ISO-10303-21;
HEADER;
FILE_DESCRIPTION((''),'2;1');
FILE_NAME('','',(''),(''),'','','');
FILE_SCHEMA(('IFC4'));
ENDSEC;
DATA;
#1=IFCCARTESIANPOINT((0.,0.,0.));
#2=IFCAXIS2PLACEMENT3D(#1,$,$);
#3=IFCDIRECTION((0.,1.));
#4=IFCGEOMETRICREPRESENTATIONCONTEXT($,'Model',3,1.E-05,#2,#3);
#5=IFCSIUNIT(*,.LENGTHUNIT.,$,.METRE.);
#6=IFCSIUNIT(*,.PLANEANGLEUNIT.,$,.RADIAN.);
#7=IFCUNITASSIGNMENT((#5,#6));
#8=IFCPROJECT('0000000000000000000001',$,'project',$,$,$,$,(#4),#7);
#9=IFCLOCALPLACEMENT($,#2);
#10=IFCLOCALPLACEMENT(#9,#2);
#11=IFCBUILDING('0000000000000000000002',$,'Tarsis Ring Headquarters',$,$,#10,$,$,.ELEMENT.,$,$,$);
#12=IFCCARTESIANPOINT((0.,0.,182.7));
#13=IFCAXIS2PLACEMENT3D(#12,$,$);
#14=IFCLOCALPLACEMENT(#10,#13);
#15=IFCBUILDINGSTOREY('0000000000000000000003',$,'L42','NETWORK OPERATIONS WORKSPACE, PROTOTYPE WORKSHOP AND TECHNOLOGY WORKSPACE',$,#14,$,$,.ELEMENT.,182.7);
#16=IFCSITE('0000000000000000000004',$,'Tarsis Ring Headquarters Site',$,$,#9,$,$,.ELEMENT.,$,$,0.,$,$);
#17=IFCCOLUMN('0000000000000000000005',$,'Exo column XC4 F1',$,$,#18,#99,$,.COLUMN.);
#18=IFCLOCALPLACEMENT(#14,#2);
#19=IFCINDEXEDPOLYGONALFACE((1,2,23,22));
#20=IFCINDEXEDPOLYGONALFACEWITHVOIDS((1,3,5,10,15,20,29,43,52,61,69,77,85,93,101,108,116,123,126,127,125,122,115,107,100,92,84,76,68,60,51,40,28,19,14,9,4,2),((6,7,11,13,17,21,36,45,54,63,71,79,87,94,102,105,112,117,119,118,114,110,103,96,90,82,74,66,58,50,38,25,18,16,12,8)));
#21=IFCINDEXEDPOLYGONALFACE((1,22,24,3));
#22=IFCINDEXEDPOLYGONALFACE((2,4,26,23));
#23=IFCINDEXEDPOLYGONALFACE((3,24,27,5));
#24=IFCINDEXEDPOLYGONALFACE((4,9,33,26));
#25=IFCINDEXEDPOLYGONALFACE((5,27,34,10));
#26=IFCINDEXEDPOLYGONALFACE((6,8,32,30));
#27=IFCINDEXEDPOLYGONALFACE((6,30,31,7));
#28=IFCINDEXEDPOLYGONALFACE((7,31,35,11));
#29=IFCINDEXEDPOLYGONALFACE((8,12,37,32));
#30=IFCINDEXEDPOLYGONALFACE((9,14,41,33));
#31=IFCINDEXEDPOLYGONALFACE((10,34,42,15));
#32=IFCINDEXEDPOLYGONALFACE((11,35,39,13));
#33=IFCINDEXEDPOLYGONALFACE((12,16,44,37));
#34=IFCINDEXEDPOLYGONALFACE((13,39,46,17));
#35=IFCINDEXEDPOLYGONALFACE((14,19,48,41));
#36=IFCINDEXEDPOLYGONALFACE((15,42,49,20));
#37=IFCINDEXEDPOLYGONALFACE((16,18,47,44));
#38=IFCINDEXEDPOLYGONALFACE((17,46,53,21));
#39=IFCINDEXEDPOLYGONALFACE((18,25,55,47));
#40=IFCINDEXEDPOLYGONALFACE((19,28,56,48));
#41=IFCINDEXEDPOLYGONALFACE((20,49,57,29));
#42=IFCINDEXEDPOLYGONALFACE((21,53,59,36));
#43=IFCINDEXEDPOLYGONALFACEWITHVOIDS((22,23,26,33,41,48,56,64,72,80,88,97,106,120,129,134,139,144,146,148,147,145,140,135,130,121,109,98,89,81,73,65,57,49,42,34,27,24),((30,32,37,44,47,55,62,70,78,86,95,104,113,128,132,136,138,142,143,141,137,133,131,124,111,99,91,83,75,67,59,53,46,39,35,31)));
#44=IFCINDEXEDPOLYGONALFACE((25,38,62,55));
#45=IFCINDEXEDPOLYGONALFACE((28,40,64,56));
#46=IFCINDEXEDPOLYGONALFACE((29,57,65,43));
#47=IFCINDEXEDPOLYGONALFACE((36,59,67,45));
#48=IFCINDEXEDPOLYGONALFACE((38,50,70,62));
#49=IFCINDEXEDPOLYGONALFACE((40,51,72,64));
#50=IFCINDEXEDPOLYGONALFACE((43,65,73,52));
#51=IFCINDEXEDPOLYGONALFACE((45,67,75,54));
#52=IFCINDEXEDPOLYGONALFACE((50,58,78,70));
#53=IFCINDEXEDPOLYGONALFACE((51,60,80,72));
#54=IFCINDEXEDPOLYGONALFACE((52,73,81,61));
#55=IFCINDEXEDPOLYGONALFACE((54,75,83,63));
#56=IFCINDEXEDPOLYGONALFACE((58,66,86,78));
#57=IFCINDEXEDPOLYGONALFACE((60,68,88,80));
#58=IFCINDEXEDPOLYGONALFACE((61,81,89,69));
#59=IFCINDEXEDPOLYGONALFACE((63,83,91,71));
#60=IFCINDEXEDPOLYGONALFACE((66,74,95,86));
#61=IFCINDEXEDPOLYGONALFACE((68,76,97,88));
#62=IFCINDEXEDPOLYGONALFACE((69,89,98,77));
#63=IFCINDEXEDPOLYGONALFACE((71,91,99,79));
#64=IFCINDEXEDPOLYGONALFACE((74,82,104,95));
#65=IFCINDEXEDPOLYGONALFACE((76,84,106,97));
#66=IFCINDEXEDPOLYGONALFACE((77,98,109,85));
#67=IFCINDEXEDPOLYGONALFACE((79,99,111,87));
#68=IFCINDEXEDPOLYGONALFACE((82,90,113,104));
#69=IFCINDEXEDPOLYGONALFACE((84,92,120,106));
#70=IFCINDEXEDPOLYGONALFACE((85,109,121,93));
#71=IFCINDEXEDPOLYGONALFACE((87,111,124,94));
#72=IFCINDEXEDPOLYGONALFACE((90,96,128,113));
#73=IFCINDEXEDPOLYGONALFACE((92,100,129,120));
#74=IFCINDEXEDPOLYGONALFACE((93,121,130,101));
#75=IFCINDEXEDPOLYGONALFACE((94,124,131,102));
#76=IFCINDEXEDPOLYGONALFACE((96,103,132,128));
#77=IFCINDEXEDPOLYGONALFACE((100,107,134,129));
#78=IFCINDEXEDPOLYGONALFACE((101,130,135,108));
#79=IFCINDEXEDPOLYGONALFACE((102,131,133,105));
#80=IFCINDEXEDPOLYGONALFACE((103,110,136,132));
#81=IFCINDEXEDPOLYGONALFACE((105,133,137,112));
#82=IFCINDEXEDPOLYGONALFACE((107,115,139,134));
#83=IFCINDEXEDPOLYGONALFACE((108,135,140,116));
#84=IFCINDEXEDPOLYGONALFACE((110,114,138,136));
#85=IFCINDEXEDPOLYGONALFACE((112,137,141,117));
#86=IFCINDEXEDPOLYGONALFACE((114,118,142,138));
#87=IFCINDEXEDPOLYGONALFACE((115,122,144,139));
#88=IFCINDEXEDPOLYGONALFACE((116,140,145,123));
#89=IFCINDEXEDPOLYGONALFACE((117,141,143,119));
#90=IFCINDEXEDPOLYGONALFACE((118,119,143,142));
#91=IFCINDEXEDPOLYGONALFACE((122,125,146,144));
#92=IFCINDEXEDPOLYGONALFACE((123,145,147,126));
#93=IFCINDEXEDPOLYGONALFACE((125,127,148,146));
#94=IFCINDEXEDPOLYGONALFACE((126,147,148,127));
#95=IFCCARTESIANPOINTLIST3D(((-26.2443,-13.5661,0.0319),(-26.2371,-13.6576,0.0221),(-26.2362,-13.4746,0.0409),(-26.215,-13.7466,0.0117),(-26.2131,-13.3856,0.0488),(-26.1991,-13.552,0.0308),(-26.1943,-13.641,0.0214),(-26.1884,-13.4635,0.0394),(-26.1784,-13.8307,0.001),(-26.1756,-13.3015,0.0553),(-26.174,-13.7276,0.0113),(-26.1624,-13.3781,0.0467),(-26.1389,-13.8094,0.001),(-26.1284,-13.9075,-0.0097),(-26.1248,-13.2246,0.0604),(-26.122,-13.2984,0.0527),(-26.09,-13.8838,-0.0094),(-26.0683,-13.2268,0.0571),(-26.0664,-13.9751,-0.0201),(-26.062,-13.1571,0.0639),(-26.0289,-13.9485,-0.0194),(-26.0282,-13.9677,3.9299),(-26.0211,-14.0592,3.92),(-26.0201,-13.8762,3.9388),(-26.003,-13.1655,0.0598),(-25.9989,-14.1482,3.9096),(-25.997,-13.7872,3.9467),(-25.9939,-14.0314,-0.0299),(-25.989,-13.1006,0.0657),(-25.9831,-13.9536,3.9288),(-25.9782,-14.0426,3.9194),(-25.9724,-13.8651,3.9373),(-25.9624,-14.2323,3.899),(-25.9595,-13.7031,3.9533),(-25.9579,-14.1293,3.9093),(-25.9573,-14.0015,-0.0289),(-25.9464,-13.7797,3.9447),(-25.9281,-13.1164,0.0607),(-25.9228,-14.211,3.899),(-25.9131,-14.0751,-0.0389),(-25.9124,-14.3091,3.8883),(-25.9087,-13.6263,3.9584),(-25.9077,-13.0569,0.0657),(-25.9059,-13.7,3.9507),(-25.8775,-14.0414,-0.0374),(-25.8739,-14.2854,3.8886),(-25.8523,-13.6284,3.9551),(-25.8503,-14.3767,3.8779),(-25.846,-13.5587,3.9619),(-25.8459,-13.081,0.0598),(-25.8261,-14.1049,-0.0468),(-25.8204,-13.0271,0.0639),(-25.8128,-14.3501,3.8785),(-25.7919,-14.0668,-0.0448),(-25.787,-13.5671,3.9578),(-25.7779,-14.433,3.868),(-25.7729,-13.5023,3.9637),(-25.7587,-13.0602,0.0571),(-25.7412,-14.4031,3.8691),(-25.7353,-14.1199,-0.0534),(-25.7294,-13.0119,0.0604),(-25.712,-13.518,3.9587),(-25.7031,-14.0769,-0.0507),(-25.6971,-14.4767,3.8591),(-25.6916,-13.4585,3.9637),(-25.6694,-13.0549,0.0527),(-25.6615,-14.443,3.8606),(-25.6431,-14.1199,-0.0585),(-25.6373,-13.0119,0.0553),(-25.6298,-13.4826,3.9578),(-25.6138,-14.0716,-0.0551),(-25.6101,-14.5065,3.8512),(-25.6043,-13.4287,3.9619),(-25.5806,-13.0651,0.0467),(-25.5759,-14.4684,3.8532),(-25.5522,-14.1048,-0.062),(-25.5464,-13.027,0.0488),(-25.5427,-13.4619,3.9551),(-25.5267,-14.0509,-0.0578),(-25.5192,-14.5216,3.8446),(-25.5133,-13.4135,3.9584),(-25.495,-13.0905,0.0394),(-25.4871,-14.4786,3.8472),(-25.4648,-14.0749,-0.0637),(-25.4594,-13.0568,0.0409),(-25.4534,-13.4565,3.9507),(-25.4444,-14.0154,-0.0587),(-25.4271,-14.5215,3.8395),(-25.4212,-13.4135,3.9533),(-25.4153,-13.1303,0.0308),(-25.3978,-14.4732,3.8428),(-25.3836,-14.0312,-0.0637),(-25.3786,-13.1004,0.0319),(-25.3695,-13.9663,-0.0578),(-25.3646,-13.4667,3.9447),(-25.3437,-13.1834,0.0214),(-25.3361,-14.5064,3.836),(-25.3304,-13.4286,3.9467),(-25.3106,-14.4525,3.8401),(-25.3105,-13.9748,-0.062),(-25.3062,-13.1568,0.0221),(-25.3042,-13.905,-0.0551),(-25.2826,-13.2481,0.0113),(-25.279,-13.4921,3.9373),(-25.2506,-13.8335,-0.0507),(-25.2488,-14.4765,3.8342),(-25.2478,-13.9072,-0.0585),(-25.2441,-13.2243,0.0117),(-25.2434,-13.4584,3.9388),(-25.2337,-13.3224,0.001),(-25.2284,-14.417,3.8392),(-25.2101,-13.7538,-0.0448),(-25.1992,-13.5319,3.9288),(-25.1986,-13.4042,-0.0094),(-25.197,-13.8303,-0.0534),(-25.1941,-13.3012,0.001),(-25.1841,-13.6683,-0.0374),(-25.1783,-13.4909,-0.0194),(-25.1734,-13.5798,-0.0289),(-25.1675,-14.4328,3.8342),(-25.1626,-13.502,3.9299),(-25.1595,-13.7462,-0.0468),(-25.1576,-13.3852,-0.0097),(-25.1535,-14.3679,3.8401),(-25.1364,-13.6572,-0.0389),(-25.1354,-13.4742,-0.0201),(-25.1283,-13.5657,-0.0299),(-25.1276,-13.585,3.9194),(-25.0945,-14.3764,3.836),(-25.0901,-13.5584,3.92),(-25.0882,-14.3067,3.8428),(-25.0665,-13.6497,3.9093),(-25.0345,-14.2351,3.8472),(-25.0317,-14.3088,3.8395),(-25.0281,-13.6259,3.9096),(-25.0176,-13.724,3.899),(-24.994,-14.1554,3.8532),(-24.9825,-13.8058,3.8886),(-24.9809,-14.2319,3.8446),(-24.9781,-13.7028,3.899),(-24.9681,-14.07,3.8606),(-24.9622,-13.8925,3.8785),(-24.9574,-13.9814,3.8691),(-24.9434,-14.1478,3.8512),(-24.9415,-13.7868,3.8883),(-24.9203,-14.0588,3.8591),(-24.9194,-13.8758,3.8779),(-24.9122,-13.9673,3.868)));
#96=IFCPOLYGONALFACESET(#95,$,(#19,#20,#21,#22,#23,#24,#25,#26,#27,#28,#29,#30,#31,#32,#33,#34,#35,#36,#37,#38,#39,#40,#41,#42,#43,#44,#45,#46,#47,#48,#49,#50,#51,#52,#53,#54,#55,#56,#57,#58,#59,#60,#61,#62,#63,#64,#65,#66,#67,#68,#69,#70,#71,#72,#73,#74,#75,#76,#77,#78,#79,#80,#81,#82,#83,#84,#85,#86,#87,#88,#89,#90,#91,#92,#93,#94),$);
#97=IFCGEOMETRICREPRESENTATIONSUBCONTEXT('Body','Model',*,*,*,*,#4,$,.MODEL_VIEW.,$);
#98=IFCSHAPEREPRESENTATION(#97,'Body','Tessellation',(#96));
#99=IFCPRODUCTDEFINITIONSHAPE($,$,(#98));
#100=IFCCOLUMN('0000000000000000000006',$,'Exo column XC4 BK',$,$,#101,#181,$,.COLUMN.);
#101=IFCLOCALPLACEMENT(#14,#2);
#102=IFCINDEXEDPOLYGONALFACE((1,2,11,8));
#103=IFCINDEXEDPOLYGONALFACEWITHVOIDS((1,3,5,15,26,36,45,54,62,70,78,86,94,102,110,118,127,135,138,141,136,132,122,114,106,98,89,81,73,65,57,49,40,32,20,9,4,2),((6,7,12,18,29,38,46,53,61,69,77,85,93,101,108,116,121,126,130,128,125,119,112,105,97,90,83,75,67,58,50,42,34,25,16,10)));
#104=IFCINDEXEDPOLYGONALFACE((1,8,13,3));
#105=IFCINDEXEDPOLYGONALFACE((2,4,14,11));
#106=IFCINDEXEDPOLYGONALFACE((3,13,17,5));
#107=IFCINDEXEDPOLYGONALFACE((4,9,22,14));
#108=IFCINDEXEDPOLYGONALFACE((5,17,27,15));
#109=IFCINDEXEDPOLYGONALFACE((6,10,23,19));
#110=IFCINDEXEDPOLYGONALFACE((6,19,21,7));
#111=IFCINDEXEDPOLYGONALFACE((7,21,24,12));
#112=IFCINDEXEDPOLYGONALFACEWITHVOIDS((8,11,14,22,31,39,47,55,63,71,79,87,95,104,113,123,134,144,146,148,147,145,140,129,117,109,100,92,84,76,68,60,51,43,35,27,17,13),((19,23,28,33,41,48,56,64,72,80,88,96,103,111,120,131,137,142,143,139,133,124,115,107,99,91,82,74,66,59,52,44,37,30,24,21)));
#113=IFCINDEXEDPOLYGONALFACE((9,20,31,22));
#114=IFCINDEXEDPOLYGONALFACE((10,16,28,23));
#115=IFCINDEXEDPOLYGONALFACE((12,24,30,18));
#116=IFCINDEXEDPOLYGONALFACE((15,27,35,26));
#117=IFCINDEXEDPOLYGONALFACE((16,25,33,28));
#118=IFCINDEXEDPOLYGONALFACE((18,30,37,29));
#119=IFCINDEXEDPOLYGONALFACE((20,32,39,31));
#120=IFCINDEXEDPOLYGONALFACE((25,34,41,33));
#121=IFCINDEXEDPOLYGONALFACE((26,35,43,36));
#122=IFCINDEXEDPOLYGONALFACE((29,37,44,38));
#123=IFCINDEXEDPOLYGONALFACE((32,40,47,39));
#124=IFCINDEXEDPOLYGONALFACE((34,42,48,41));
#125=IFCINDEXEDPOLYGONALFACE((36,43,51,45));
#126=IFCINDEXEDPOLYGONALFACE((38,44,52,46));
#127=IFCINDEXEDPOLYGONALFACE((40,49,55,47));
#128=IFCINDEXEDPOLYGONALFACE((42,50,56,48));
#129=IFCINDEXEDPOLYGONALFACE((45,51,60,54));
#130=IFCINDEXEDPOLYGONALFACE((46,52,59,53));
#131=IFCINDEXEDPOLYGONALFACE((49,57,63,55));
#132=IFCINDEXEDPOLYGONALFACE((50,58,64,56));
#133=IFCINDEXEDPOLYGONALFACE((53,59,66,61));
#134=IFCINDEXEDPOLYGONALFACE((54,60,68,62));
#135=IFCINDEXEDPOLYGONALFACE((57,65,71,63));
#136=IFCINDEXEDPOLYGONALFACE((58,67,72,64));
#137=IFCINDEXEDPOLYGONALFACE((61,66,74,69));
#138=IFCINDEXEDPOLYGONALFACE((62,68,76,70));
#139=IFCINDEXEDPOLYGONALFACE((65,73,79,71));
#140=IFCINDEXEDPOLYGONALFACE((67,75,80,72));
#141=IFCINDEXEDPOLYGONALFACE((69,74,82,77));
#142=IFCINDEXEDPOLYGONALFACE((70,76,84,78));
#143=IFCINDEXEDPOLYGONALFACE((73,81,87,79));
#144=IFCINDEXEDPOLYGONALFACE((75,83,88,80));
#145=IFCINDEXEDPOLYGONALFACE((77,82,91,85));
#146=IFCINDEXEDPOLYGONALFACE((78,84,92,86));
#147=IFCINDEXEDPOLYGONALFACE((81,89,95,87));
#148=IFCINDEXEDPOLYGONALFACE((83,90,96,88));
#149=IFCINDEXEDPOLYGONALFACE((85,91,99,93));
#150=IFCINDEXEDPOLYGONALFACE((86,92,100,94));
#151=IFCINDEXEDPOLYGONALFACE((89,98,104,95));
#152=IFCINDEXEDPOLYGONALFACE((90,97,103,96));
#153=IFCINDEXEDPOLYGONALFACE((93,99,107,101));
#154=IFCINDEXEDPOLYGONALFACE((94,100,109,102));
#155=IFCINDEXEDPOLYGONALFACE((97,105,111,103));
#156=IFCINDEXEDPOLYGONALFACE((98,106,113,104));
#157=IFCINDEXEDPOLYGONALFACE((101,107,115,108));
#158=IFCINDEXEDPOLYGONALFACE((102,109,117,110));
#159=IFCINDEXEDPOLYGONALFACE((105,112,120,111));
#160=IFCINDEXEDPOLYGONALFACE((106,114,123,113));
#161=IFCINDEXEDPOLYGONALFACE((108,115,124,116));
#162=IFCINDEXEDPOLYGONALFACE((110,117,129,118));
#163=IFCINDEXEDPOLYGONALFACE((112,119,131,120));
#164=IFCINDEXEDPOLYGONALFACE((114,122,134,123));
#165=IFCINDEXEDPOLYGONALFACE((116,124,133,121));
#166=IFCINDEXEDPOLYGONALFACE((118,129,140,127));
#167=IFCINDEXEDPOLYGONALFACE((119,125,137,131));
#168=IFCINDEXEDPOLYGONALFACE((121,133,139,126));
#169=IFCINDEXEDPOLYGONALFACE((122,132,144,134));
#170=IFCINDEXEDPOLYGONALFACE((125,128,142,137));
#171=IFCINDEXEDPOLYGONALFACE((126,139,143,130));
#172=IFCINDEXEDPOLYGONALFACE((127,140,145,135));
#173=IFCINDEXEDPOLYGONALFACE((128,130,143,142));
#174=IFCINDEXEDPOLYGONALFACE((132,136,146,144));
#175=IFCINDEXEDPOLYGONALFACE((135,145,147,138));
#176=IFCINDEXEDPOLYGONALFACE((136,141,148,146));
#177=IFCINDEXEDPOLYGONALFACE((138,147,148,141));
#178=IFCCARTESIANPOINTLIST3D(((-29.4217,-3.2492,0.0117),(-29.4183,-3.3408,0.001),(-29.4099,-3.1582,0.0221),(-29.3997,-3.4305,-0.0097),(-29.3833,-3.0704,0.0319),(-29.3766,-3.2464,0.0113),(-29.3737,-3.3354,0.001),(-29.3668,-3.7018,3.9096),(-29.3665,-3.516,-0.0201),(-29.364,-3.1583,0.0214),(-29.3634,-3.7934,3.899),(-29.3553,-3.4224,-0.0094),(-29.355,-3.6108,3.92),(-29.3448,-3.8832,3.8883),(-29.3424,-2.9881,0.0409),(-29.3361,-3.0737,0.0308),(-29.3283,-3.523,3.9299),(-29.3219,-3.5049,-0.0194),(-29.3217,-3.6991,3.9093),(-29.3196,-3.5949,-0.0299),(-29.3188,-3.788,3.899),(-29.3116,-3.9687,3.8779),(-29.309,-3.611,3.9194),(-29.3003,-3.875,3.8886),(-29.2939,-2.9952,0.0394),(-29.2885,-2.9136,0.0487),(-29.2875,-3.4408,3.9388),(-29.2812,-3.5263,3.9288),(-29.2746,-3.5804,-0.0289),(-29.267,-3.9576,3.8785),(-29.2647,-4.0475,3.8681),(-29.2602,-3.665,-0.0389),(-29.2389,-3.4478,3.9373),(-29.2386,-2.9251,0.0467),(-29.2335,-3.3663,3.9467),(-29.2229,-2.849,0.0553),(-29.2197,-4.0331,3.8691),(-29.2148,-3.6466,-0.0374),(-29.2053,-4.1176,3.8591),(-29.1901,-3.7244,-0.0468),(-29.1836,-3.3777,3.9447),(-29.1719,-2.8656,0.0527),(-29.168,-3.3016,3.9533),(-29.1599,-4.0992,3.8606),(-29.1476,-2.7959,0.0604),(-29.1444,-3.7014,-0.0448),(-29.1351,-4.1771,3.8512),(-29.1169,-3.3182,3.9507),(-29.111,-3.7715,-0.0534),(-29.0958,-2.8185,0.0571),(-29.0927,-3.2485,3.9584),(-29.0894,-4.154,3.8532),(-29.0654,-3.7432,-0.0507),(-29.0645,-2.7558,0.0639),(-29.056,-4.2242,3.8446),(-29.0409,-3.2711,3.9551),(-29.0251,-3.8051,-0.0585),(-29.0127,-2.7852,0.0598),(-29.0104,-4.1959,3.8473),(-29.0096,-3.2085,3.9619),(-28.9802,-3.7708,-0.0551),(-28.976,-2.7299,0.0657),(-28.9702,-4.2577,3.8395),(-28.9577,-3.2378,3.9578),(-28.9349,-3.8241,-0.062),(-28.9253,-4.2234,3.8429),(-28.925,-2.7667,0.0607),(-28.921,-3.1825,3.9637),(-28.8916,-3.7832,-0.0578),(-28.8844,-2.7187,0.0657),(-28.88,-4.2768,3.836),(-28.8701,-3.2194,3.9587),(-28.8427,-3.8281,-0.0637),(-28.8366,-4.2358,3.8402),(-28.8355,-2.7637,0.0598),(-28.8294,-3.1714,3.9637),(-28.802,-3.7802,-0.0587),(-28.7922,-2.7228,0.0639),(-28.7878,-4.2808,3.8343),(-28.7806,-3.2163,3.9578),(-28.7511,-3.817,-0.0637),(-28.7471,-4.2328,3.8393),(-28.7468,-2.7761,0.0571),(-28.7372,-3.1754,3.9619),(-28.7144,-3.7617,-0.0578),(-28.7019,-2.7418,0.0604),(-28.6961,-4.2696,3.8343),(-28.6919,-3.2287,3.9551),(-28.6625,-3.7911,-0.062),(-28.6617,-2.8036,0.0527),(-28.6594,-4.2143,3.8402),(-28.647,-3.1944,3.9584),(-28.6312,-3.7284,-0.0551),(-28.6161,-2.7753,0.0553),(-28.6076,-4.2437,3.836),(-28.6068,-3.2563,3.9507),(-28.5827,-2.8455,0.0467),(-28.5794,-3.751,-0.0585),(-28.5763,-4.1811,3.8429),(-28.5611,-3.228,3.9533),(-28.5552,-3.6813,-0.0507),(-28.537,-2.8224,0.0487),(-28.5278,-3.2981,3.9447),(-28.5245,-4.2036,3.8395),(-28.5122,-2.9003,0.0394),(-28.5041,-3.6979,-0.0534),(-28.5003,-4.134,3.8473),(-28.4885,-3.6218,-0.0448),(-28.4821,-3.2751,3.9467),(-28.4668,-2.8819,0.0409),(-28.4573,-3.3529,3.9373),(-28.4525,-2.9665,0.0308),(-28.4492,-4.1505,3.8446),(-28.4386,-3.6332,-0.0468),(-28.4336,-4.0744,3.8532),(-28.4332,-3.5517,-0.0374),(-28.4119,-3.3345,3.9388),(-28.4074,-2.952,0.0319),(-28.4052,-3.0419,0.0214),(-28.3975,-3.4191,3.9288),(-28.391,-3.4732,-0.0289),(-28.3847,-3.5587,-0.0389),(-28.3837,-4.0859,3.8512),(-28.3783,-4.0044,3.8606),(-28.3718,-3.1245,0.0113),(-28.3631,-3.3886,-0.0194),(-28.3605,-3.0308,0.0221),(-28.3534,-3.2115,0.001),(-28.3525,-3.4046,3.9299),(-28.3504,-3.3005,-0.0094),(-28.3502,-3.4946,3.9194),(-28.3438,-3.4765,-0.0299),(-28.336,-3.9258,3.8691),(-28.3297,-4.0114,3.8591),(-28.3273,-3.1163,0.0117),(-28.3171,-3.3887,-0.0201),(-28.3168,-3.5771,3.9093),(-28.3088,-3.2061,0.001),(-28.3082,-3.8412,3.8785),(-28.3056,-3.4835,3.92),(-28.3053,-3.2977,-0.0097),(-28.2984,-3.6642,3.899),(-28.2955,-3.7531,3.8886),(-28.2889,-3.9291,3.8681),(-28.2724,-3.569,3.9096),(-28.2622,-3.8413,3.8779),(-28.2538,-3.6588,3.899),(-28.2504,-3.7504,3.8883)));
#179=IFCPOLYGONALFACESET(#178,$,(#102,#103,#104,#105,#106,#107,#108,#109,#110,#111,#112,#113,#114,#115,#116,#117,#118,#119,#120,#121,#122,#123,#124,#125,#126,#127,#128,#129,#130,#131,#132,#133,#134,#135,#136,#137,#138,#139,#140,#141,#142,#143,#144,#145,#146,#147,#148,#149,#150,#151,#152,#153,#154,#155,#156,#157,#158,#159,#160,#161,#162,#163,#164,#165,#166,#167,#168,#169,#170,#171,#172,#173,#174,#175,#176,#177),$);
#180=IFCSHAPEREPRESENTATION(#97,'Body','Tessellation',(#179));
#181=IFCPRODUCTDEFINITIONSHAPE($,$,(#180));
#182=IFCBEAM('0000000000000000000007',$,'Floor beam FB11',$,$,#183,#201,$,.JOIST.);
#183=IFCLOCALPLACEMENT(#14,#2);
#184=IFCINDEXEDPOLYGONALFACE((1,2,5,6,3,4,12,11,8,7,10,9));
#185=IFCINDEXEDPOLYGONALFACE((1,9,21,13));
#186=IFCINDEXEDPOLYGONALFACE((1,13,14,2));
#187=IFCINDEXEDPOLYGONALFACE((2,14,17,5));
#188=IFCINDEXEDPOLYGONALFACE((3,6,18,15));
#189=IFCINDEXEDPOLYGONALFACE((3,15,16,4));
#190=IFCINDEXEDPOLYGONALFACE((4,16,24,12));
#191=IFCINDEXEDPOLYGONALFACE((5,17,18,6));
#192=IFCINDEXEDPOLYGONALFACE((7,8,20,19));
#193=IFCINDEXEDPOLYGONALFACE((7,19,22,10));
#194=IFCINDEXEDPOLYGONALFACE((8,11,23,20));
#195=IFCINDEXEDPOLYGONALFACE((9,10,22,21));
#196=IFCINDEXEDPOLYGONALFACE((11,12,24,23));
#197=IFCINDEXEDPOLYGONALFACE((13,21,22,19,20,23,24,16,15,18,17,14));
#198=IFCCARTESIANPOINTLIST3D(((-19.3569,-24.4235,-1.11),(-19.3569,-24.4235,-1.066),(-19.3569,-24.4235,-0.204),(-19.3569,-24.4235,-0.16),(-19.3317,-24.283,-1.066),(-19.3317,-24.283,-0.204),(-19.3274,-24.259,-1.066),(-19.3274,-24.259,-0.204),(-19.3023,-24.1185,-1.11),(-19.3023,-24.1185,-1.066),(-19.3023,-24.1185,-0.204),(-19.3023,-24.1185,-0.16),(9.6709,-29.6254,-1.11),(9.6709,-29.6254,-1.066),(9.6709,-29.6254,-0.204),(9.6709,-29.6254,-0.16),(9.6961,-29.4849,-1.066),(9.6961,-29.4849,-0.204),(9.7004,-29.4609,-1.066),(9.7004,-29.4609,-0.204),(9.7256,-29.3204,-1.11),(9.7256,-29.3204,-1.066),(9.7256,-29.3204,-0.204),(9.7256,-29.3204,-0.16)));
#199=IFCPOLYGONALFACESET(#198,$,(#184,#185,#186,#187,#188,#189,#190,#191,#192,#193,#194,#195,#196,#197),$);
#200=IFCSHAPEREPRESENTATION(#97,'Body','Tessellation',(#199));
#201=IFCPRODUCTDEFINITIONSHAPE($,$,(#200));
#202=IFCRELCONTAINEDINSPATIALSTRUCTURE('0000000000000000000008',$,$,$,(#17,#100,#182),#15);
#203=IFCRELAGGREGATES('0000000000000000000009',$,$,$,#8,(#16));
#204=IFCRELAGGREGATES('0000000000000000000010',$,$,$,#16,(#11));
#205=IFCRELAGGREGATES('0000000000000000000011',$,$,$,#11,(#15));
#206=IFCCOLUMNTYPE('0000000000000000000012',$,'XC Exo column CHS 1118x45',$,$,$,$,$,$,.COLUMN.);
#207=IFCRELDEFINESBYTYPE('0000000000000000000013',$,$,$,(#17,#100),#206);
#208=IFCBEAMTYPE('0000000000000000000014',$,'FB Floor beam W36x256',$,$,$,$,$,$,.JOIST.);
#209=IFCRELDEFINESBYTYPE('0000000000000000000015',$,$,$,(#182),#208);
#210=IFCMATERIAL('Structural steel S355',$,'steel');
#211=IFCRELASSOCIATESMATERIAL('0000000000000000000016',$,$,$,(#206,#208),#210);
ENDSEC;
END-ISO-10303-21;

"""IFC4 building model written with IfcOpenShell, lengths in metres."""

from ifc_helpers import new_model, si_unit, direction, frame, origin, origin_2d, place, context, subcontext, project, spatial, hollow_circle, i_section, extrude, material, material_profile, profile_set, type_object, element, save


model = new_model("IFC4")

# Units and contexts
model_context = context("Model", 3, precision=1e-05, world=origin(), true_north=direction((0.0, 1.0)))
body_context = subcontext(model_context, "Body", "Model", "MODEL_VIEW")
ifc_project = project(units=[si_unit("LENGTHUNIT", "METRE"), si_unit("PLANEANGLEUNIT", "RADIAN")], contexts=[model_context])

# Site, building, storey
site_placement = place(None, origin())
site = spatial("IfcSite", under=ifc_project, at=site_placement, Name="Tarsis Ring Headquarters Site", CompositionType="ELEMENT", RefElevation=0.0)
building_placement = place(site_placement, origin())
building = spatial("IfcBuilding", under=site, at=building_placement, Name="Tarsis Ring Headquarters", CompositionType="ELEMENT")
storey_placement = place(building_placement, frame((0.0, 0.0, 182.7)))
storey = spatial("IfcBuildingStorey", under=building, at=storey_placement, Name="L42", Description="NETWORK OPERATIONS WORKSPACE, PROTOTYPE WORKSHOP AND TECHNOLOGY WORKSPACE", CompositionType="ELEMENT", Elevation=182.7)

# Columns
ifc_material_1 = material(Name="Structural steel S355", Category="steel")
ifc_material_profile_1 = material_profile(ifc_material_1, hollow_circle(Radius=0.5588, WallThickness=0.0449, at=origin_2d()), Name="CHS 1118x45")
ifc_profile_set_1 = profile_set([ifc_material_profile_1], Name="Structural steel S355")
column_type = type_object("IfcColumnType", Name="XC Exo column CHS 1118x45", PredefinedType="COLUMN", material=ifc_profile_set_1)
for number, where, z_axis, x_axis, name in (
    (1, (-25.6863, -13.5659, 0.001), (0.055055, -0.102333, 0.993225), (0.880643, 0.473781, 0.0), "Exo column XC4 F1"),
    (2, (-28.8635, -3.2734, 0.001), (0.013997, -0.115335, 0.993228), (0.992716, 0.120475, 0.0), "Exo column XC4 BK"),
):
    element("IfcColumn", number, at=place(storey_placement, frame(where, z_axis=z_axis, x_axis=x_axis)), inside=storey, type_object=column_type, Name=name, PredefinedType="COLUMN", context=body_context, shape_type="SweptSolid", body=[
        extrude(hollow_circle(Radius=0.5588, WallThickness=0.0449, at=origin_2d()), origin(), (0.0, 0.0, 1.0), 3.9246),
    ])

# Beam
ifc_material_profile_2 = material_profile(ifc_material_1, i_section(OverallWidth=0.3098, OverallDepth=0.95, WebThickness=0.0244, FlangeThickness=0.0439, at=origin_2d()), Name="W36x256")
ifc_profile_set_2 = profile_set([ifc_material_profile_2], Name="Structural steel S355")
beam_type_1 = type_object("IfcBeamType", Name="FB Floor beam W36x256", PredefinedType="JOIST", material=ifc_profile_set_2)
beam_1_placement = place(storey_placement, frame((-19.3296, -24.271, -0.635), z_axis=(0.98432, -0.176394, 0.0), x_axis=(0.176394, 0.98432, 0.0)))
element("IfcBeam", 3, at=beam_1_placement, inside=storey, type_object=beam_type_1, Name="Floor beam FB11", PredefinedType="JOIST", context=body_context, shape_type="SweptSolid", body=[
    extrude(i_section(OverallWidth=0.3098, OverallDepth=0.95, WebThickness=0.0244, FlangeThickness=0.0439, at=origin_2d()), origin(), (0.0, 0.0, 1.0), 29.4902),
])

save(model, "model.ifc")
